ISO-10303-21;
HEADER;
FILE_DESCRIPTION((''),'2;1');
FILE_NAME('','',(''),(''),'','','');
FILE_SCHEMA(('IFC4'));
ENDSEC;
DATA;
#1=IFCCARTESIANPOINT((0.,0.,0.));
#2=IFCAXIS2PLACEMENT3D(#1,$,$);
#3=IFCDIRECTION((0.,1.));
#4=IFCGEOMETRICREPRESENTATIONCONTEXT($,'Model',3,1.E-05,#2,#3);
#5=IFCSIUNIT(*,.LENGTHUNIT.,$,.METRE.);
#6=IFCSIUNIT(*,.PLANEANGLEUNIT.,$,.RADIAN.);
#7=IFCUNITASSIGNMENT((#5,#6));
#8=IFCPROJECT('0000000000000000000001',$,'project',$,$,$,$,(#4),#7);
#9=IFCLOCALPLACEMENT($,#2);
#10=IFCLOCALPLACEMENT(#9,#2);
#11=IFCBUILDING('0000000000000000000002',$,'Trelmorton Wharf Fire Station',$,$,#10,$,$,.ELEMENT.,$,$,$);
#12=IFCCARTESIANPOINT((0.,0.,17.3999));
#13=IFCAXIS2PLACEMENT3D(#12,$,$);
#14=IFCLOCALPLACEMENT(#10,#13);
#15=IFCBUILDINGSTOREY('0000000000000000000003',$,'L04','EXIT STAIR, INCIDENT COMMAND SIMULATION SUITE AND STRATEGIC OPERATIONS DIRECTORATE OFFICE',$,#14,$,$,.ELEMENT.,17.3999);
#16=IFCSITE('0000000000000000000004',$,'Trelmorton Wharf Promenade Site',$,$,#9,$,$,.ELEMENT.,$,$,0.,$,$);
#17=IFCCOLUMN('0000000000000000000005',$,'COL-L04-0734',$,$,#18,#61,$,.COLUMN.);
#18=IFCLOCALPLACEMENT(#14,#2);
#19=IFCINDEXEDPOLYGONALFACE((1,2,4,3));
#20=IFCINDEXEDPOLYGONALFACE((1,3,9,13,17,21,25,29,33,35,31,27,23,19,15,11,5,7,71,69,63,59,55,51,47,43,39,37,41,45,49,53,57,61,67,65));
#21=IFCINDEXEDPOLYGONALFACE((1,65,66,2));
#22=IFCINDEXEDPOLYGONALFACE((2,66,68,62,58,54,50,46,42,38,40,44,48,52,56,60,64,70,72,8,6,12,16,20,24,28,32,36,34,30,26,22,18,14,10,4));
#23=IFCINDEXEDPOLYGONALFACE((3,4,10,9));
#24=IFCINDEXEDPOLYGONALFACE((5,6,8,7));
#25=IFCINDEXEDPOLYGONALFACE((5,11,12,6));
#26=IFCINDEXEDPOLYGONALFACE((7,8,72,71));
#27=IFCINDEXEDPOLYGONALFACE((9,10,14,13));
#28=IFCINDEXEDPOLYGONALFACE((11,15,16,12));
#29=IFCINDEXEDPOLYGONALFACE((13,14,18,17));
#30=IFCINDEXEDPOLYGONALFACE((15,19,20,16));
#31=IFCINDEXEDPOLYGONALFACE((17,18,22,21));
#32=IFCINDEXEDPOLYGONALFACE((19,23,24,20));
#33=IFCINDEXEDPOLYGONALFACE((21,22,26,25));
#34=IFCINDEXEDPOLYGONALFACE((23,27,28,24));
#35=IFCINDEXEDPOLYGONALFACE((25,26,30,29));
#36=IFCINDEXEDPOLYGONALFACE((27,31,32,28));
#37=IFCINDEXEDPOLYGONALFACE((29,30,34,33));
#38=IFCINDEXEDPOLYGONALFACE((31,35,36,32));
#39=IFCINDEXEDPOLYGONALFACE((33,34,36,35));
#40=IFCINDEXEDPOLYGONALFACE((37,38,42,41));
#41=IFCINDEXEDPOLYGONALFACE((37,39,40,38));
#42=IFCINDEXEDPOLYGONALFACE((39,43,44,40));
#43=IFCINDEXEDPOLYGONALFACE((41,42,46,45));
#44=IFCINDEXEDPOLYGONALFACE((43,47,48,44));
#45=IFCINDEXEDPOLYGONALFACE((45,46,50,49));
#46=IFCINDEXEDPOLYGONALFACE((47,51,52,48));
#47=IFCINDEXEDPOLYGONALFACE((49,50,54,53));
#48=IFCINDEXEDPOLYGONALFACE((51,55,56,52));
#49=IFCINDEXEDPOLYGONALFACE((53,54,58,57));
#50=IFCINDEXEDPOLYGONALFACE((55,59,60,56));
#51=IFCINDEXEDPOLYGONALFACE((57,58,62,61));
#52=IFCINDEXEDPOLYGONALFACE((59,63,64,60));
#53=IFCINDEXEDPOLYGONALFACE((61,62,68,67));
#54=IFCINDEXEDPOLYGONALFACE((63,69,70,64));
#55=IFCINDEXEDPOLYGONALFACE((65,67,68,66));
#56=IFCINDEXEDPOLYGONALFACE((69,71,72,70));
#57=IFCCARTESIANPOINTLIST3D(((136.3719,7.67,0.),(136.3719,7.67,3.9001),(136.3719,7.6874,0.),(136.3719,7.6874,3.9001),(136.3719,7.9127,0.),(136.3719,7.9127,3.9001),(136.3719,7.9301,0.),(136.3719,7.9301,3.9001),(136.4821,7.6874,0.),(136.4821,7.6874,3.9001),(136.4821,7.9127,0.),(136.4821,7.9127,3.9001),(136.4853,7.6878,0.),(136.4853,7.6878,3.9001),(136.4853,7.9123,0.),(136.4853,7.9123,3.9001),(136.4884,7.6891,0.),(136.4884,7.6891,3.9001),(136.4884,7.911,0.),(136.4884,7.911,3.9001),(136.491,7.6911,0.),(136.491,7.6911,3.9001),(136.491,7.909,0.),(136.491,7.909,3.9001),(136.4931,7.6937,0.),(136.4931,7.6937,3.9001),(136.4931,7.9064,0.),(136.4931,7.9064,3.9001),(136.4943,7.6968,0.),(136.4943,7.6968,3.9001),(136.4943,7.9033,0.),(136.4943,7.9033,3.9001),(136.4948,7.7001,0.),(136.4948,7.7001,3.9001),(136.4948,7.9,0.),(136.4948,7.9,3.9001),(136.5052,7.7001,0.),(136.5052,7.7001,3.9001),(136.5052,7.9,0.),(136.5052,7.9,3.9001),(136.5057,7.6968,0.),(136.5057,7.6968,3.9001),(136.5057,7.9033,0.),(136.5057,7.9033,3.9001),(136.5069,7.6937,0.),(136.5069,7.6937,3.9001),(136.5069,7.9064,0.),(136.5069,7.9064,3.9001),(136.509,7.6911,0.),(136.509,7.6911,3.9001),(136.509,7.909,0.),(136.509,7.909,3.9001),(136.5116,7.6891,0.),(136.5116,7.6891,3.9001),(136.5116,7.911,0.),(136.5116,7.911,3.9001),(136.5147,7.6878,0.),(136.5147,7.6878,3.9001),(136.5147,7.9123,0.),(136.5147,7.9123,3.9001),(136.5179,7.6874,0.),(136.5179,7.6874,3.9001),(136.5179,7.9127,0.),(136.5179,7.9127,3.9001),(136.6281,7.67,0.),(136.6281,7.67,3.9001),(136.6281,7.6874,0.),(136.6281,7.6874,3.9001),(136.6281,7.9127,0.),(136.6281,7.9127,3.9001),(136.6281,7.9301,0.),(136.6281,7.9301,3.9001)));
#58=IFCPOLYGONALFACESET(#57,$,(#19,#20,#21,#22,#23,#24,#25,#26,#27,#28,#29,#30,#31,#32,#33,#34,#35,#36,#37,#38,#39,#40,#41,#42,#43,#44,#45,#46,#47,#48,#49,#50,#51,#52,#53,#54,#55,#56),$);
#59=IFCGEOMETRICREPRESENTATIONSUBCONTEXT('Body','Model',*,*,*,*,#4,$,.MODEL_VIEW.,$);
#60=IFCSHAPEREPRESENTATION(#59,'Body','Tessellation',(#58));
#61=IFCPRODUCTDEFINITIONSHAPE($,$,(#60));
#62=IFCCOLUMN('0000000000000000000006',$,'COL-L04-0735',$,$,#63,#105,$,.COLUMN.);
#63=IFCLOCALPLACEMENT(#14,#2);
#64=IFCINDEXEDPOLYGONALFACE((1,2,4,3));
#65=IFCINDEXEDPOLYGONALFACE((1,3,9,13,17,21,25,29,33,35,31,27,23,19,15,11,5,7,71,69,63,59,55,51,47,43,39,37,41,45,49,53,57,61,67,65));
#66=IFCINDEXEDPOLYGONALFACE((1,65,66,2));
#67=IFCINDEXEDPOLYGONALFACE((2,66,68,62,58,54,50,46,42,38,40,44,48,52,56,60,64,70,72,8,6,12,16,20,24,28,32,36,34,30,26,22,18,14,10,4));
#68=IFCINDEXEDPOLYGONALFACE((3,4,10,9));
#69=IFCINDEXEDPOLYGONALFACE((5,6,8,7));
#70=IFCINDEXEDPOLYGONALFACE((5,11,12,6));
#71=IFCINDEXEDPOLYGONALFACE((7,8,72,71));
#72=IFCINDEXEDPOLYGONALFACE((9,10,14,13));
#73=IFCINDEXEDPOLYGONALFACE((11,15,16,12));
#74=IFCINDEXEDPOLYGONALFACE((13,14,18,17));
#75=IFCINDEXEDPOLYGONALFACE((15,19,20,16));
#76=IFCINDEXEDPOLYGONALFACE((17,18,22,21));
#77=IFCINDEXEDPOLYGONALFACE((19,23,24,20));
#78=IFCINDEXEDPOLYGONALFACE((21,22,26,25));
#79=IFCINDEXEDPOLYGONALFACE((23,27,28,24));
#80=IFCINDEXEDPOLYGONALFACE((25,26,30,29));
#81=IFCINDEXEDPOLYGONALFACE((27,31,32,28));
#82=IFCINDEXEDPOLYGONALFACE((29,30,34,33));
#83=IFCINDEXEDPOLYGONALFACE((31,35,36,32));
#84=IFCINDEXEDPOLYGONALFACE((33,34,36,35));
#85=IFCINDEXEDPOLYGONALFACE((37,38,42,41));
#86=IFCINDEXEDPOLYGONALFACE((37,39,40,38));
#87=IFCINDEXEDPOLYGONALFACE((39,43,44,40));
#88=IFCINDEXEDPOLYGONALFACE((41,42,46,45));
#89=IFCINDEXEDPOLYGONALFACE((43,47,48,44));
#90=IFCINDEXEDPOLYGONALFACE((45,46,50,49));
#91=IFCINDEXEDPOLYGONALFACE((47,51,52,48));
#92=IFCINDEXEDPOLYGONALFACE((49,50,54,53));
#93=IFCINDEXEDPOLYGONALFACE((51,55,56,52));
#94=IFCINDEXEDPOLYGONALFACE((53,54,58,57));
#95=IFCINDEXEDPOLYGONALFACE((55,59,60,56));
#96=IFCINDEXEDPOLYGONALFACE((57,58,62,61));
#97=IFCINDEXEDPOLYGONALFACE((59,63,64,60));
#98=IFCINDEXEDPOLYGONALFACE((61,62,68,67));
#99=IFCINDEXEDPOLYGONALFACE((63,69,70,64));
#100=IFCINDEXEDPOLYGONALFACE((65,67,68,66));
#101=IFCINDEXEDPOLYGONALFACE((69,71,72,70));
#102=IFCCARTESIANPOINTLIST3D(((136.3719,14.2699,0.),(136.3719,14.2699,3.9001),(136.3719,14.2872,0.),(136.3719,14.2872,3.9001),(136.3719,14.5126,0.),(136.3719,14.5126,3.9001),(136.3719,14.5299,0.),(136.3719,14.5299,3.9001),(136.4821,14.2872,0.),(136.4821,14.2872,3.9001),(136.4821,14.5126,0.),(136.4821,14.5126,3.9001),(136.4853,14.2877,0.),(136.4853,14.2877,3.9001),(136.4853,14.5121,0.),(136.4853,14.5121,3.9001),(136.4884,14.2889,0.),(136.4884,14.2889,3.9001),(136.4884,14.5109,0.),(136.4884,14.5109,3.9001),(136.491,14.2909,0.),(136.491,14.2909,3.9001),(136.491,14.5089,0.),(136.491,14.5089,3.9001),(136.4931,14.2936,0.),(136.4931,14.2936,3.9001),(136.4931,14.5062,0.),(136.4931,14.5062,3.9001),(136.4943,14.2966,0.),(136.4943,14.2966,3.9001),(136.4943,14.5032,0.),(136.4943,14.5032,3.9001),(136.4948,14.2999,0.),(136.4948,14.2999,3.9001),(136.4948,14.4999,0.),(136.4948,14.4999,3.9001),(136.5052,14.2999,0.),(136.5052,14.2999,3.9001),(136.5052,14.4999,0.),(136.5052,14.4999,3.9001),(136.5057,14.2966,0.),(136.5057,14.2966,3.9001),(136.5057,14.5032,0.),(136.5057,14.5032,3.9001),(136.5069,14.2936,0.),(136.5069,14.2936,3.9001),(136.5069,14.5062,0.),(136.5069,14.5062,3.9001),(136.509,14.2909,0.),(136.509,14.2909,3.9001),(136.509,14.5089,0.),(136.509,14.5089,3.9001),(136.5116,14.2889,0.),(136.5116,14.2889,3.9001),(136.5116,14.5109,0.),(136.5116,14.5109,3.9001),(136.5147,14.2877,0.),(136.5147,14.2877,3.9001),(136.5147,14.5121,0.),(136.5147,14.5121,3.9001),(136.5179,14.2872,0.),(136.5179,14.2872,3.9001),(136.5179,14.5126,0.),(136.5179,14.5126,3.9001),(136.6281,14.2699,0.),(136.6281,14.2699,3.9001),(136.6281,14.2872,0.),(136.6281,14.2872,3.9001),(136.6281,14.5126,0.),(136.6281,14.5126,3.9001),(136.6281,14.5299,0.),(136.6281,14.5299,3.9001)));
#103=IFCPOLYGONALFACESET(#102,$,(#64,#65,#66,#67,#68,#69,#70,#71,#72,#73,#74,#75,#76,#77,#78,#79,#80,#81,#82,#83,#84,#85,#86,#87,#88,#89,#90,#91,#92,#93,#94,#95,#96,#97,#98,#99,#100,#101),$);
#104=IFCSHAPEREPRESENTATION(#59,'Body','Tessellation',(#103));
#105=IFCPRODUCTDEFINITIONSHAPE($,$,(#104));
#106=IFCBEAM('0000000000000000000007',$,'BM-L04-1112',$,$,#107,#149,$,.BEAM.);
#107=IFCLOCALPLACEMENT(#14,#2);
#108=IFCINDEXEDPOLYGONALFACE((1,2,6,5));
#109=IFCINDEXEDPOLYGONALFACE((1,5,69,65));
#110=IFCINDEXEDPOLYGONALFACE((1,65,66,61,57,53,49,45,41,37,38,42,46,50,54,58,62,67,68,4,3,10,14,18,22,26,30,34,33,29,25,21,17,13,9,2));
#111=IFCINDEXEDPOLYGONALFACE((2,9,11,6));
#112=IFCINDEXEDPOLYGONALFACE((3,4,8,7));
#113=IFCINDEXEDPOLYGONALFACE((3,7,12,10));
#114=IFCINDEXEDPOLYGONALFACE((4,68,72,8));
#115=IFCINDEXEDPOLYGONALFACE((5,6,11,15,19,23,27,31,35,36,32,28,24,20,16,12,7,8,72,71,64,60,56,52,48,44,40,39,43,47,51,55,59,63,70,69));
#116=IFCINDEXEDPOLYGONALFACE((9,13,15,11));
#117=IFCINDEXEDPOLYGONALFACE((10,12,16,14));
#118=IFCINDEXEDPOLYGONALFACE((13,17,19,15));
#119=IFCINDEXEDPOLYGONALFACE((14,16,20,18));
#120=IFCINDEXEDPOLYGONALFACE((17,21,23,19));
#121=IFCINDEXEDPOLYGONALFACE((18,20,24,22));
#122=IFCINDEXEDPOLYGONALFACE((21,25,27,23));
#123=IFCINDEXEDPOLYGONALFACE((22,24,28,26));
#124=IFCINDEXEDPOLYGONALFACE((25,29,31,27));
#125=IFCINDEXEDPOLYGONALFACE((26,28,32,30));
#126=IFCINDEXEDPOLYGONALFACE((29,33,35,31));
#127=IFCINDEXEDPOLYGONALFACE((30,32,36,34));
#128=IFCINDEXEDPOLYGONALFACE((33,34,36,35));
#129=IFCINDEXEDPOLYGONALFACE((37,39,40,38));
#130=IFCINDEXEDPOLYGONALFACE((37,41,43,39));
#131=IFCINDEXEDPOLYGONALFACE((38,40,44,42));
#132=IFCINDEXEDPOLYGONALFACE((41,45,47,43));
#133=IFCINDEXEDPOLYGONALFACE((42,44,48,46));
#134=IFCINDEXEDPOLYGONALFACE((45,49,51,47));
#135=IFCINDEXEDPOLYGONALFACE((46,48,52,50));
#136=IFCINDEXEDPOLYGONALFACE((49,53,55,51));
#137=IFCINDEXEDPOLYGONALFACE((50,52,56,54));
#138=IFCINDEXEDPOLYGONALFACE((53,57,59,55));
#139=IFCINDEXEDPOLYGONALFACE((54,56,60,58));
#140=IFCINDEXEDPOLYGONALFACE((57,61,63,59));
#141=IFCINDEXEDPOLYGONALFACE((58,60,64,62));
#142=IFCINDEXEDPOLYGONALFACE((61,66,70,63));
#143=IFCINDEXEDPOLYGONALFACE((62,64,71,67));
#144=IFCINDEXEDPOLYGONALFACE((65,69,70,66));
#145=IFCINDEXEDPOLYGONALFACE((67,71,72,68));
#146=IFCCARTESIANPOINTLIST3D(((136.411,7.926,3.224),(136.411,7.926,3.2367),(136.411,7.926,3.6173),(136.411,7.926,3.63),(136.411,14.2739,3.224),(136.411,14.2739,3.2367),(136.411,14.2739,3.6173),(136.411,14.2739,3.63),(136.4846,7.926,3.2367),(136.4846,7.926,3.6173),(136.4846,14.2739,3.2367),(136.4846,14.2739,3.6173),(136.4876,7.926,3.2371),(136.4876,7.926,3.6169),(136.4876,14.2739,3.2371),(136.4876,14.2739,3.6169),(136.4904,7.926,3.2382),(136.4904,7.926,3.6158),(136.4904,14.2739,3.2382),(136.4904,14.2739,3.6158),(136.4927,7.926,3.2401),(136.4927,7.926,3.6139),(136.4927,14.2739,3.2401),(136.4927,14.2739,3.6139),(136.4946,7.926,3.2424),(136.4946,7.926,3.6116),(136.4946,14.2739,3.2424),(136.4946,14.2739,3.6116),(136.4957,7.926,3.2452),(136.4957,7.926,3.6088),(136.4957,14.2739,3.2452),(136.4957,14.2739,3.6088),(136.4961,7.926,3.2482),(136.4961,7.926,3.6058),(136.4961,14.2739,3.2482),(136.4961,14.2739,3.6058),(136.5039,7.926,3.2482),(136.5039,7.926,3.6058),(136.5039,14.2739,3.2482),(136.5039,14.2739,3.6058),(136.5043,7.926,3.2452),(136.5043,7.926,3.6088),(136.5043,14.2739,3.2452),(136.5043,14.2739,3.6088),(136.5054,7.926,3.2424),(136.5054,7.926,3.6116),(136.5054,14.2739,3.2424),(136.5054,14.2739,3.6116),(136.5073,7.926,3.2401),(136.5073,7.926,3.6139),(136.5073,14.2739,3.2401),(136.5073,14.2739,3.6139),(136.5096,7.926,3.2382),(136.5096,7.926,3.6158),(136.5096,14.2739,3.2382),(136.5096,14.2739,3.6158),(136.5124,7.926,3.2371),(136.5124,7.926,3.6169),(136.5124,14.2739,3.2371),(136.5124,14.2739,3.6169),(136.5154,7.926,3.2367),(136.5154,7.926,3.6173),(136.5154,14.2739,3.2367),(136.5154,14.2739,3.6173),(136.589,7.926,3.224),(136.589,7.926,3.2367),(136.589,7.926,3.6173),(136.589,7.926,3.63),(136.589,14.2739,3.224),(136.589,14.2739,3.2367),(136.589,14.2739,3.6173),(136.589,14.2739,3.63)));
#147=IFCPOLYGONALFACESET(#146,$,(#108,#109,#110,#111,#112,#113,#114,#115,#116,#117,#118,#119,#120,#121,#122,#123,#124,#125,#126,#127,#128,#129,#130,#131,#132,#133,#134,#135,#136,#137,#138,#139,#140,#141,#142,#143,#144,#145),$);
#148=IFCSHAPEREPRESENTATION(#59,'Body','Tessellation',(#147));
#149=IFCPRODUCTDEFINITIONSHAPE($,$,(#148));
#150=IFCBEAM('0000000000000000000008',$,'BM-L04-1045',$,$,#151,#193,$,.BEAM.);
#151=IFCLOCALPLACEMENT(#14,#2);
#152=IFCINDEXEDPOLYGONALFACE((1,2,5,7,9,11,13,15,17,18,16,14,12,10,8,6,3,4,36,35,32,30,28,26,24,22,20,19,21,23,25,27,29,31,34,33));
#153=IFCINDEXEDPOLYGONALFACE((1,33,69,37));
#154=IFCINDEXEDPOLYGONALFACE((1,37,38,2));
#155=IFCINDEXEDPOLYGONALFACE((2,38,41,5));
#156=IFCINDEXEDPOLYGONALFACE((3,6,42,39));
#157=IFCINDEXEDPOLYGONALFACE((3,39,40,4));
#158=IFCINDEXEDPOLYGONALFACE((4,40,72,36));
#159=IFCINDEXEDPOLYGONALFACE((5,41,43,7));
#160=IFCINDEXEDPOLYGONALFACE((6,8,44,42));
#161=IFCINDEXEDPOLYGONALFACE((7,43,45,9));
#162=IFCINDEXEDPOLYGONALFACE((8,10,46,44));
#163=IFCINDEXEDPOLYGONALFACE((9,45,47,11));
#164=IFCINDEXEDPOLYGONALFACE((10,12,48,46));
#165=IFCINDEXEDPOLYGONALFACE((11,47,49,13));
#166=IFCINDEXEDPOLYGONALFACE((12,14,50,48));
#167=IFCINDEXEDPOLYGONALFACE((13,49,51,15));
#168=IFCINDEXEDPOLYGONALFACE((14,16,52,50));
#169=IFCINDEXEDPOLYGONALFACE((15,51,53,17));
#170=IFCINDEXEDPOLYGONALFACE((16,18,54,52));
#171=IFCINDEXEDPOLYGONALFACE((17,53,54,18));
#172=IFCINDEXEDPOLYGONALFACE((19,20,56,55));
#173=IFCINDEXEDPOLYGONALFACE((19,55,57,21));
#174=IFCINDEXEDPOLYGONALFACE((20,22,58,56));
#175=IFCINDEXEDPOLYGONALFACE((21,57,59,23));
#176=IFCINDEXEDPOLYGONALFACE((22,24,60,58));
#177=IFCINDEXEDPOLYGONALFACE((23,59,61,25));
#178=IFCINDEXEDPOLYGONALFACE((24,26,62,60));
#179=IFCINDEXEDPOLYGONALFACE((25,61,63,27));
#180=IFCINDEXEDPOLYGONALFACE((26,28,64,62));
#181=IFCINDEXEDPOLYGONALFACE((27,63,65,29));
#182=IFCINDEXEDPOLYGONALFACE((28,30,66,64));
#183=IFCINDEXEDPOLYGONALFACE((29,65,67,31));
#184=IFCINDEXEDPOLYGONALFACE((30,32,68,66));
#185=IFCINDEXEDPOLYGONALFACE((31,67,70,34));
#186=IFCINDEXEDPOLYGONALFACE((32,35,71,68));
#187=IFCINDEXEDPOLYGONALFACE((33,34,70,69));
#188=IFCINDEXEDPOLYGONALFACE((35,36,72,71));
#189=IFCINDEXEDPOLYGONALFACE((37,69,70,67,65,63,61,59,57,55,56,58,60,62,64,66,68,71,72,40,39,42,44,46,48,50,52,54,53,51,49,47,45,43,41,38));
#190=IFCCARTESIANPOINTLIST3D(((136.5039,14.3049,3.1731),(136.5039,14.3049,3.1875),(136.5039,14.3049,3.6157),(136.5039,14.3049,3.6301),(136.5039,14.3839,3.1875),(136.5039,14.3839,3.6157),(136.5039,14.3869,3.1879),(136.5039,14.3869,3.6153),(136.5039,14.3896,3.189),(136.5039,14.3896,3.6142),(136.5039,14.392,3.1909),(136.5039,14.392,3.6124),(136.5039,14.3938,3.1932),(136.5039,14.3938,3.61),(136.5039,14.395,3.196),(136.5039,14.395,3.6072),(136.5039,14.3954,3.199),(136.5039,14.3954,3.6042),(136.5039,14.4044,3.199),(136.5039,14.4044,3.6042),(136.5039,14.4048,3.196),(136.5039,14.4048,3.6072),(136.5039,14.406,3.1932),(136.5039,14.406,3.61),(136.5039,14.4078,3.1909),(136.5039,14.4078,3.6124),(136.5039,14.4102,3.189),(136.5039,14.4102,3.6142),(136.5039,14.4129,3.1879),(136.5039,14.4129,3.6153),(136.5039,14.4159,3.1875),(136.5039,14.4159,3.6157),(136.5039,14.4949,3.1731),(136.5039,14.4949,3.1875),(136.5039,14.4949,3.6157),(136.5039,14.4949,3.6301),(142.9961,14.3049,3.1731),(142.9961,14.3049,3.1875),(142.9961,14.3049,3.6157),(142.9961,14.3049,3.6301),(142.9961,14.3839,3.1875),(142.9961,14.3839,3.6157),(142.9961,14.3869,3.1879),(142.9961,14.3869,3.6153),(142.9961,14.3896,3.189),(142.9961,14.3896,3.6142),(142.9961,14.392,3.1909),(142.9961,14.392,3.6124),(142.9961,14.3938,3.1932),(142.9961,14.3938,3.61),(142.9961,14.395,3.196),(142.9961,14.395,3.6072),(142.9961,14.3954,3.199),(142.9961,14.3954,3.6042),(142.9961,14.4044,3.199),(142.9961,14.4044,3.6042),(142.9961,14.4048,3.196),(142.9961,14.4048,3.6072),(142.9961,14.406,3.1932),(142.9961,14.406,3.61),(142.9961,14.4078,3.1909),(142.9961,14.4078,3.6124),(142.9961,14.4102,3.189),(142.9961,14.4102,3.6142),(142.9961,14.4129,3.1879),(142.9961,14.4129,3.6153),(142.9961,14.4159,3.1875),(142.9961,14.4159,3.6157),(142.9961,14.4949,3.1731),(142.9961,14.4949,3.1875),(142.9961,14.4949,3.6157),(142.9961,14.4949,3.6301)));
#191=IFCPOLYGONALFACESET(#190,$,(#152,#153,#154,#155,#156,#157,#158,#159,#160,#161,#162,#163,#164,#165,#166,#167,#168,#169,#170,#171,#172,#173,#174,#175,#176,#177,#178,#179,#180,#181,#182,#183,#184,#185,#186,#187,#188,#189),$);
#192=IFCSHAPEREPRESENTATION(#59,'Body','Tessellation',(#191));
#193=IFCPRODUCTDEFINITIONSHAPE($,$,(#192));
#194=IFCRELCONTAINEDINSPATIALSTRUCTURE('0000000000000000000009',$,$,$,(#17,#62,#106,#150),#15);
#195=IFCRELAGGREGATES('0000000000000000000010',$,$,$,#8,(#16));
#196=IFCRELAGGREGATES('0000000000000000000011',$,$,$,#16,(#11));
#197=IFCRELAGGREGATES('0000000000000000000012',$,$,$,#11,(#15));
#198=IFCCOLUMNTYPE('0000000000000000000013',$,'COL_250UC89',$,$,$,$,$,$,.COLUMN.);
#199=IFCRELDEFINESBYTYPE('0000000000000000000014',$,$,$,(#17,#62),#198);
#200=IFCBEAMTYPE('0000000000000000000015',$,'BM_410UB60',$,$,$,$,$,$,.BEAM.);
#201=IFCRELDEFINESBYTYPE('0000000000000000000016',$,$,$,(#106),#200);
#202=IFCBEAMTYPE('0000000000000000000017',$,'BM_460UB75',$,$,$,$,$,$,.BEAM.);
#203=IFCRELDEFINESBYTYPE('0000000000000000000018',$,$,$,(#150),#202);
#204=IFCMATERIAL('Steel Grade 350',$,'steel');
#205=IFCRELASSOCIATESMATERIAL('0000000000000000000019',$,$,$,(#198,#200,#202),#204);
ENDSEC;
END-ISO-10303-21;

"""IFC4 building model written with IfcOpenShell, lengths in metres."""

from ifc_helpers import new_model, si_unit, direction, frame, origin, origin_2d, place, context, subcontext, project, spatial, i_section, extrude, material, material_profile, profile_set, type_object, element, save


model = new_model("IFC4")

# Units and contexts
model_context = context("Model", 3, precision=1e-05, world=origin(), true_north=direction((0.0, 1.0)))
body_context = subcontext(model_context, "Body", "Model", "MODEL_VIEW")
ifc_project = project(units=[si_unit("LENGTHUNIT", "METRE"), si_unit("PLANEANGLEUNIT", "RADIAN")], contexts=[model_context])

# Site, building, storey
site_placement = place(None, origin())
site = spatial("IfcSite", under=ifc_project, at=site_placement, Name="Trelmorton Wharf Promenade Site", CompositionType="ELEMENT", RefElevation=0.0)
building_placement = place(site_placement, origin())
building = spatial("IfcBuilding", under=site, at=building_placement, Name="Trelmorton Wharf Fire Station", CompositionType="ELEMENT")
storey_placement = place(building_placement, frame((0.0, 0.0, 17.3999)))
storey = spatial("IfcBuildingStorey", under=building, at=storey_placement, Name="L04", Description="EXIT STAIR, INCIDENT COMMAND SIMULATION SUITE AND STRATEGIC OPERATIONS DIRECTORATE OFFICE", CompositionType="ELEMENT", Elevation=17.3999)

# Columns
ifc_material_1 = material(Name="Steel Grade 350", Category="steel")
ifc_material_profile_1 = material_profile(ifc_material_1, i_section(OverallWidth=0.2561, OverallDepth=0.26, WebThickness=0.0105, FlangeThickness=0.0173, FilletRadius=0.0127, at=origin_2d()), Name="250UC89.5")
ifc_profile_set_1 = profile_set([ifc_material_profile_1], Name="Steel Grade 350")
column_type = type_object("IfcColumnType", Name="COL_250UC89", PredefinedType="COLUMN", material=ifc_profile_set_1)
for number, where, z_axis, x_axis, name in (
    (1, (136.5, 7.8, 0.0), (0.0, 0.0, 1.0), (1.0, 0.0, 0.0), "COL-L04-0734"),
    (2, (136.5, 14.3999, 0.0), (0.0, 0.0, 1.0), (1.0, 0.0, 0.0), "COL-L04-0735"),
):
    element("IfcColumn", number, at=place(storey_placement, frame(where, z_axis=z_axis, x_axis=x_axis)), inside=storey, type_object=column_type, Name=name, PredefinedType="COLUMN", context=body_context, shape_type="SweptSolid", body=[
        extrude(i_section(OverallWidth=0.2561, OverallDepth=0.26, WebThickness=0.0105, FlangeThickness=0.0173, FilletRadius=0.0127, at=origin_2d()), origin(), (0.0, 0.0, 1.0), 3.9001),
    ])

# Beams
ifc_material_profile_2 = material_profile(ifc_material_1, i_section(OverallWidth=0.178, OverallDepth=0.406, WebThickness=0.0078, FlangeThickness=0.0127, FilletRadius=0.0115, at=origin_2d()), Name="410UB59.7")
ifc_profile_set_2 = profile_set([ifc_material_profile_2], Name="Steel Grade 350")
beam_type_1 = type_object("IfcBeamType", Name="BM_410UB60", PredefinedType="BEAM", material=ifc_profile_set_2)
beam_1_placement = place(storey_placement, frame((136.5, 7.926, 3.427), z_axis=(0.0, 1.0, 0.0), x_axis=(-1.0, 0.0, 0.0)))
element("IfcBeam", 3, at=beam_1_placement, inside=storey, type_object=beam_type_1, Name="BM-L04-1112", PredefinedType="BEAM", context=body_context, shape_type="SweptSolid", body=[
    extrude(i_section(OverallWidth=0.178, OverallDepth=0.406, WebThickness=0.0078, FlangeThickness=0.0127, FilletRadius=0.0115, at=origin_2d()), origin(), (0.0, 0.0, 1.0), 6.3479),
])
ifc_material_profile_3 = material_profile(ifc_material_1, i_section(OverallWidth=0.1899, OverallDepth=0.457, WebThickness=0.009, FlangeThickness=0.0144, FilletRadius=0.0115, at=origin_2d()), Name="460UB74.6")
ifc_profile_set_3 = profile_set([ifc_material_profile_3], Name="Steel Grade 350")
beam_type_2 = type_object("IfcBeamType", Name="BM_460UB75", PredefinedType="BEAM", material=ifc_profile_set_3)
beam_2_placement = place(storey_placement, frame((136.5039, 14.3999, 3.4016), z_axis=(1.0, 0.0, 0.0), x_axis=(0.0, 1.0, 0.0)))
element("IfcBeam", 4, at=beam_2_placement, inside=storey, type_object=beam_type_2, Name="BM-L04-1045", PredefinedType="BEAM", context=body_context, shape_type="SweptSolid", body=[
    extrude(i_section(OverallWidth=0.1899, OverallDepth=0.457, WebThickness=0.009, FlangeThickness=0.0144, FilletRadius=0.0115, at=origin_2d()), origin(), (0.0, 0.0, 1.0), 6.4922),
])

save(model, "model.ifc")
